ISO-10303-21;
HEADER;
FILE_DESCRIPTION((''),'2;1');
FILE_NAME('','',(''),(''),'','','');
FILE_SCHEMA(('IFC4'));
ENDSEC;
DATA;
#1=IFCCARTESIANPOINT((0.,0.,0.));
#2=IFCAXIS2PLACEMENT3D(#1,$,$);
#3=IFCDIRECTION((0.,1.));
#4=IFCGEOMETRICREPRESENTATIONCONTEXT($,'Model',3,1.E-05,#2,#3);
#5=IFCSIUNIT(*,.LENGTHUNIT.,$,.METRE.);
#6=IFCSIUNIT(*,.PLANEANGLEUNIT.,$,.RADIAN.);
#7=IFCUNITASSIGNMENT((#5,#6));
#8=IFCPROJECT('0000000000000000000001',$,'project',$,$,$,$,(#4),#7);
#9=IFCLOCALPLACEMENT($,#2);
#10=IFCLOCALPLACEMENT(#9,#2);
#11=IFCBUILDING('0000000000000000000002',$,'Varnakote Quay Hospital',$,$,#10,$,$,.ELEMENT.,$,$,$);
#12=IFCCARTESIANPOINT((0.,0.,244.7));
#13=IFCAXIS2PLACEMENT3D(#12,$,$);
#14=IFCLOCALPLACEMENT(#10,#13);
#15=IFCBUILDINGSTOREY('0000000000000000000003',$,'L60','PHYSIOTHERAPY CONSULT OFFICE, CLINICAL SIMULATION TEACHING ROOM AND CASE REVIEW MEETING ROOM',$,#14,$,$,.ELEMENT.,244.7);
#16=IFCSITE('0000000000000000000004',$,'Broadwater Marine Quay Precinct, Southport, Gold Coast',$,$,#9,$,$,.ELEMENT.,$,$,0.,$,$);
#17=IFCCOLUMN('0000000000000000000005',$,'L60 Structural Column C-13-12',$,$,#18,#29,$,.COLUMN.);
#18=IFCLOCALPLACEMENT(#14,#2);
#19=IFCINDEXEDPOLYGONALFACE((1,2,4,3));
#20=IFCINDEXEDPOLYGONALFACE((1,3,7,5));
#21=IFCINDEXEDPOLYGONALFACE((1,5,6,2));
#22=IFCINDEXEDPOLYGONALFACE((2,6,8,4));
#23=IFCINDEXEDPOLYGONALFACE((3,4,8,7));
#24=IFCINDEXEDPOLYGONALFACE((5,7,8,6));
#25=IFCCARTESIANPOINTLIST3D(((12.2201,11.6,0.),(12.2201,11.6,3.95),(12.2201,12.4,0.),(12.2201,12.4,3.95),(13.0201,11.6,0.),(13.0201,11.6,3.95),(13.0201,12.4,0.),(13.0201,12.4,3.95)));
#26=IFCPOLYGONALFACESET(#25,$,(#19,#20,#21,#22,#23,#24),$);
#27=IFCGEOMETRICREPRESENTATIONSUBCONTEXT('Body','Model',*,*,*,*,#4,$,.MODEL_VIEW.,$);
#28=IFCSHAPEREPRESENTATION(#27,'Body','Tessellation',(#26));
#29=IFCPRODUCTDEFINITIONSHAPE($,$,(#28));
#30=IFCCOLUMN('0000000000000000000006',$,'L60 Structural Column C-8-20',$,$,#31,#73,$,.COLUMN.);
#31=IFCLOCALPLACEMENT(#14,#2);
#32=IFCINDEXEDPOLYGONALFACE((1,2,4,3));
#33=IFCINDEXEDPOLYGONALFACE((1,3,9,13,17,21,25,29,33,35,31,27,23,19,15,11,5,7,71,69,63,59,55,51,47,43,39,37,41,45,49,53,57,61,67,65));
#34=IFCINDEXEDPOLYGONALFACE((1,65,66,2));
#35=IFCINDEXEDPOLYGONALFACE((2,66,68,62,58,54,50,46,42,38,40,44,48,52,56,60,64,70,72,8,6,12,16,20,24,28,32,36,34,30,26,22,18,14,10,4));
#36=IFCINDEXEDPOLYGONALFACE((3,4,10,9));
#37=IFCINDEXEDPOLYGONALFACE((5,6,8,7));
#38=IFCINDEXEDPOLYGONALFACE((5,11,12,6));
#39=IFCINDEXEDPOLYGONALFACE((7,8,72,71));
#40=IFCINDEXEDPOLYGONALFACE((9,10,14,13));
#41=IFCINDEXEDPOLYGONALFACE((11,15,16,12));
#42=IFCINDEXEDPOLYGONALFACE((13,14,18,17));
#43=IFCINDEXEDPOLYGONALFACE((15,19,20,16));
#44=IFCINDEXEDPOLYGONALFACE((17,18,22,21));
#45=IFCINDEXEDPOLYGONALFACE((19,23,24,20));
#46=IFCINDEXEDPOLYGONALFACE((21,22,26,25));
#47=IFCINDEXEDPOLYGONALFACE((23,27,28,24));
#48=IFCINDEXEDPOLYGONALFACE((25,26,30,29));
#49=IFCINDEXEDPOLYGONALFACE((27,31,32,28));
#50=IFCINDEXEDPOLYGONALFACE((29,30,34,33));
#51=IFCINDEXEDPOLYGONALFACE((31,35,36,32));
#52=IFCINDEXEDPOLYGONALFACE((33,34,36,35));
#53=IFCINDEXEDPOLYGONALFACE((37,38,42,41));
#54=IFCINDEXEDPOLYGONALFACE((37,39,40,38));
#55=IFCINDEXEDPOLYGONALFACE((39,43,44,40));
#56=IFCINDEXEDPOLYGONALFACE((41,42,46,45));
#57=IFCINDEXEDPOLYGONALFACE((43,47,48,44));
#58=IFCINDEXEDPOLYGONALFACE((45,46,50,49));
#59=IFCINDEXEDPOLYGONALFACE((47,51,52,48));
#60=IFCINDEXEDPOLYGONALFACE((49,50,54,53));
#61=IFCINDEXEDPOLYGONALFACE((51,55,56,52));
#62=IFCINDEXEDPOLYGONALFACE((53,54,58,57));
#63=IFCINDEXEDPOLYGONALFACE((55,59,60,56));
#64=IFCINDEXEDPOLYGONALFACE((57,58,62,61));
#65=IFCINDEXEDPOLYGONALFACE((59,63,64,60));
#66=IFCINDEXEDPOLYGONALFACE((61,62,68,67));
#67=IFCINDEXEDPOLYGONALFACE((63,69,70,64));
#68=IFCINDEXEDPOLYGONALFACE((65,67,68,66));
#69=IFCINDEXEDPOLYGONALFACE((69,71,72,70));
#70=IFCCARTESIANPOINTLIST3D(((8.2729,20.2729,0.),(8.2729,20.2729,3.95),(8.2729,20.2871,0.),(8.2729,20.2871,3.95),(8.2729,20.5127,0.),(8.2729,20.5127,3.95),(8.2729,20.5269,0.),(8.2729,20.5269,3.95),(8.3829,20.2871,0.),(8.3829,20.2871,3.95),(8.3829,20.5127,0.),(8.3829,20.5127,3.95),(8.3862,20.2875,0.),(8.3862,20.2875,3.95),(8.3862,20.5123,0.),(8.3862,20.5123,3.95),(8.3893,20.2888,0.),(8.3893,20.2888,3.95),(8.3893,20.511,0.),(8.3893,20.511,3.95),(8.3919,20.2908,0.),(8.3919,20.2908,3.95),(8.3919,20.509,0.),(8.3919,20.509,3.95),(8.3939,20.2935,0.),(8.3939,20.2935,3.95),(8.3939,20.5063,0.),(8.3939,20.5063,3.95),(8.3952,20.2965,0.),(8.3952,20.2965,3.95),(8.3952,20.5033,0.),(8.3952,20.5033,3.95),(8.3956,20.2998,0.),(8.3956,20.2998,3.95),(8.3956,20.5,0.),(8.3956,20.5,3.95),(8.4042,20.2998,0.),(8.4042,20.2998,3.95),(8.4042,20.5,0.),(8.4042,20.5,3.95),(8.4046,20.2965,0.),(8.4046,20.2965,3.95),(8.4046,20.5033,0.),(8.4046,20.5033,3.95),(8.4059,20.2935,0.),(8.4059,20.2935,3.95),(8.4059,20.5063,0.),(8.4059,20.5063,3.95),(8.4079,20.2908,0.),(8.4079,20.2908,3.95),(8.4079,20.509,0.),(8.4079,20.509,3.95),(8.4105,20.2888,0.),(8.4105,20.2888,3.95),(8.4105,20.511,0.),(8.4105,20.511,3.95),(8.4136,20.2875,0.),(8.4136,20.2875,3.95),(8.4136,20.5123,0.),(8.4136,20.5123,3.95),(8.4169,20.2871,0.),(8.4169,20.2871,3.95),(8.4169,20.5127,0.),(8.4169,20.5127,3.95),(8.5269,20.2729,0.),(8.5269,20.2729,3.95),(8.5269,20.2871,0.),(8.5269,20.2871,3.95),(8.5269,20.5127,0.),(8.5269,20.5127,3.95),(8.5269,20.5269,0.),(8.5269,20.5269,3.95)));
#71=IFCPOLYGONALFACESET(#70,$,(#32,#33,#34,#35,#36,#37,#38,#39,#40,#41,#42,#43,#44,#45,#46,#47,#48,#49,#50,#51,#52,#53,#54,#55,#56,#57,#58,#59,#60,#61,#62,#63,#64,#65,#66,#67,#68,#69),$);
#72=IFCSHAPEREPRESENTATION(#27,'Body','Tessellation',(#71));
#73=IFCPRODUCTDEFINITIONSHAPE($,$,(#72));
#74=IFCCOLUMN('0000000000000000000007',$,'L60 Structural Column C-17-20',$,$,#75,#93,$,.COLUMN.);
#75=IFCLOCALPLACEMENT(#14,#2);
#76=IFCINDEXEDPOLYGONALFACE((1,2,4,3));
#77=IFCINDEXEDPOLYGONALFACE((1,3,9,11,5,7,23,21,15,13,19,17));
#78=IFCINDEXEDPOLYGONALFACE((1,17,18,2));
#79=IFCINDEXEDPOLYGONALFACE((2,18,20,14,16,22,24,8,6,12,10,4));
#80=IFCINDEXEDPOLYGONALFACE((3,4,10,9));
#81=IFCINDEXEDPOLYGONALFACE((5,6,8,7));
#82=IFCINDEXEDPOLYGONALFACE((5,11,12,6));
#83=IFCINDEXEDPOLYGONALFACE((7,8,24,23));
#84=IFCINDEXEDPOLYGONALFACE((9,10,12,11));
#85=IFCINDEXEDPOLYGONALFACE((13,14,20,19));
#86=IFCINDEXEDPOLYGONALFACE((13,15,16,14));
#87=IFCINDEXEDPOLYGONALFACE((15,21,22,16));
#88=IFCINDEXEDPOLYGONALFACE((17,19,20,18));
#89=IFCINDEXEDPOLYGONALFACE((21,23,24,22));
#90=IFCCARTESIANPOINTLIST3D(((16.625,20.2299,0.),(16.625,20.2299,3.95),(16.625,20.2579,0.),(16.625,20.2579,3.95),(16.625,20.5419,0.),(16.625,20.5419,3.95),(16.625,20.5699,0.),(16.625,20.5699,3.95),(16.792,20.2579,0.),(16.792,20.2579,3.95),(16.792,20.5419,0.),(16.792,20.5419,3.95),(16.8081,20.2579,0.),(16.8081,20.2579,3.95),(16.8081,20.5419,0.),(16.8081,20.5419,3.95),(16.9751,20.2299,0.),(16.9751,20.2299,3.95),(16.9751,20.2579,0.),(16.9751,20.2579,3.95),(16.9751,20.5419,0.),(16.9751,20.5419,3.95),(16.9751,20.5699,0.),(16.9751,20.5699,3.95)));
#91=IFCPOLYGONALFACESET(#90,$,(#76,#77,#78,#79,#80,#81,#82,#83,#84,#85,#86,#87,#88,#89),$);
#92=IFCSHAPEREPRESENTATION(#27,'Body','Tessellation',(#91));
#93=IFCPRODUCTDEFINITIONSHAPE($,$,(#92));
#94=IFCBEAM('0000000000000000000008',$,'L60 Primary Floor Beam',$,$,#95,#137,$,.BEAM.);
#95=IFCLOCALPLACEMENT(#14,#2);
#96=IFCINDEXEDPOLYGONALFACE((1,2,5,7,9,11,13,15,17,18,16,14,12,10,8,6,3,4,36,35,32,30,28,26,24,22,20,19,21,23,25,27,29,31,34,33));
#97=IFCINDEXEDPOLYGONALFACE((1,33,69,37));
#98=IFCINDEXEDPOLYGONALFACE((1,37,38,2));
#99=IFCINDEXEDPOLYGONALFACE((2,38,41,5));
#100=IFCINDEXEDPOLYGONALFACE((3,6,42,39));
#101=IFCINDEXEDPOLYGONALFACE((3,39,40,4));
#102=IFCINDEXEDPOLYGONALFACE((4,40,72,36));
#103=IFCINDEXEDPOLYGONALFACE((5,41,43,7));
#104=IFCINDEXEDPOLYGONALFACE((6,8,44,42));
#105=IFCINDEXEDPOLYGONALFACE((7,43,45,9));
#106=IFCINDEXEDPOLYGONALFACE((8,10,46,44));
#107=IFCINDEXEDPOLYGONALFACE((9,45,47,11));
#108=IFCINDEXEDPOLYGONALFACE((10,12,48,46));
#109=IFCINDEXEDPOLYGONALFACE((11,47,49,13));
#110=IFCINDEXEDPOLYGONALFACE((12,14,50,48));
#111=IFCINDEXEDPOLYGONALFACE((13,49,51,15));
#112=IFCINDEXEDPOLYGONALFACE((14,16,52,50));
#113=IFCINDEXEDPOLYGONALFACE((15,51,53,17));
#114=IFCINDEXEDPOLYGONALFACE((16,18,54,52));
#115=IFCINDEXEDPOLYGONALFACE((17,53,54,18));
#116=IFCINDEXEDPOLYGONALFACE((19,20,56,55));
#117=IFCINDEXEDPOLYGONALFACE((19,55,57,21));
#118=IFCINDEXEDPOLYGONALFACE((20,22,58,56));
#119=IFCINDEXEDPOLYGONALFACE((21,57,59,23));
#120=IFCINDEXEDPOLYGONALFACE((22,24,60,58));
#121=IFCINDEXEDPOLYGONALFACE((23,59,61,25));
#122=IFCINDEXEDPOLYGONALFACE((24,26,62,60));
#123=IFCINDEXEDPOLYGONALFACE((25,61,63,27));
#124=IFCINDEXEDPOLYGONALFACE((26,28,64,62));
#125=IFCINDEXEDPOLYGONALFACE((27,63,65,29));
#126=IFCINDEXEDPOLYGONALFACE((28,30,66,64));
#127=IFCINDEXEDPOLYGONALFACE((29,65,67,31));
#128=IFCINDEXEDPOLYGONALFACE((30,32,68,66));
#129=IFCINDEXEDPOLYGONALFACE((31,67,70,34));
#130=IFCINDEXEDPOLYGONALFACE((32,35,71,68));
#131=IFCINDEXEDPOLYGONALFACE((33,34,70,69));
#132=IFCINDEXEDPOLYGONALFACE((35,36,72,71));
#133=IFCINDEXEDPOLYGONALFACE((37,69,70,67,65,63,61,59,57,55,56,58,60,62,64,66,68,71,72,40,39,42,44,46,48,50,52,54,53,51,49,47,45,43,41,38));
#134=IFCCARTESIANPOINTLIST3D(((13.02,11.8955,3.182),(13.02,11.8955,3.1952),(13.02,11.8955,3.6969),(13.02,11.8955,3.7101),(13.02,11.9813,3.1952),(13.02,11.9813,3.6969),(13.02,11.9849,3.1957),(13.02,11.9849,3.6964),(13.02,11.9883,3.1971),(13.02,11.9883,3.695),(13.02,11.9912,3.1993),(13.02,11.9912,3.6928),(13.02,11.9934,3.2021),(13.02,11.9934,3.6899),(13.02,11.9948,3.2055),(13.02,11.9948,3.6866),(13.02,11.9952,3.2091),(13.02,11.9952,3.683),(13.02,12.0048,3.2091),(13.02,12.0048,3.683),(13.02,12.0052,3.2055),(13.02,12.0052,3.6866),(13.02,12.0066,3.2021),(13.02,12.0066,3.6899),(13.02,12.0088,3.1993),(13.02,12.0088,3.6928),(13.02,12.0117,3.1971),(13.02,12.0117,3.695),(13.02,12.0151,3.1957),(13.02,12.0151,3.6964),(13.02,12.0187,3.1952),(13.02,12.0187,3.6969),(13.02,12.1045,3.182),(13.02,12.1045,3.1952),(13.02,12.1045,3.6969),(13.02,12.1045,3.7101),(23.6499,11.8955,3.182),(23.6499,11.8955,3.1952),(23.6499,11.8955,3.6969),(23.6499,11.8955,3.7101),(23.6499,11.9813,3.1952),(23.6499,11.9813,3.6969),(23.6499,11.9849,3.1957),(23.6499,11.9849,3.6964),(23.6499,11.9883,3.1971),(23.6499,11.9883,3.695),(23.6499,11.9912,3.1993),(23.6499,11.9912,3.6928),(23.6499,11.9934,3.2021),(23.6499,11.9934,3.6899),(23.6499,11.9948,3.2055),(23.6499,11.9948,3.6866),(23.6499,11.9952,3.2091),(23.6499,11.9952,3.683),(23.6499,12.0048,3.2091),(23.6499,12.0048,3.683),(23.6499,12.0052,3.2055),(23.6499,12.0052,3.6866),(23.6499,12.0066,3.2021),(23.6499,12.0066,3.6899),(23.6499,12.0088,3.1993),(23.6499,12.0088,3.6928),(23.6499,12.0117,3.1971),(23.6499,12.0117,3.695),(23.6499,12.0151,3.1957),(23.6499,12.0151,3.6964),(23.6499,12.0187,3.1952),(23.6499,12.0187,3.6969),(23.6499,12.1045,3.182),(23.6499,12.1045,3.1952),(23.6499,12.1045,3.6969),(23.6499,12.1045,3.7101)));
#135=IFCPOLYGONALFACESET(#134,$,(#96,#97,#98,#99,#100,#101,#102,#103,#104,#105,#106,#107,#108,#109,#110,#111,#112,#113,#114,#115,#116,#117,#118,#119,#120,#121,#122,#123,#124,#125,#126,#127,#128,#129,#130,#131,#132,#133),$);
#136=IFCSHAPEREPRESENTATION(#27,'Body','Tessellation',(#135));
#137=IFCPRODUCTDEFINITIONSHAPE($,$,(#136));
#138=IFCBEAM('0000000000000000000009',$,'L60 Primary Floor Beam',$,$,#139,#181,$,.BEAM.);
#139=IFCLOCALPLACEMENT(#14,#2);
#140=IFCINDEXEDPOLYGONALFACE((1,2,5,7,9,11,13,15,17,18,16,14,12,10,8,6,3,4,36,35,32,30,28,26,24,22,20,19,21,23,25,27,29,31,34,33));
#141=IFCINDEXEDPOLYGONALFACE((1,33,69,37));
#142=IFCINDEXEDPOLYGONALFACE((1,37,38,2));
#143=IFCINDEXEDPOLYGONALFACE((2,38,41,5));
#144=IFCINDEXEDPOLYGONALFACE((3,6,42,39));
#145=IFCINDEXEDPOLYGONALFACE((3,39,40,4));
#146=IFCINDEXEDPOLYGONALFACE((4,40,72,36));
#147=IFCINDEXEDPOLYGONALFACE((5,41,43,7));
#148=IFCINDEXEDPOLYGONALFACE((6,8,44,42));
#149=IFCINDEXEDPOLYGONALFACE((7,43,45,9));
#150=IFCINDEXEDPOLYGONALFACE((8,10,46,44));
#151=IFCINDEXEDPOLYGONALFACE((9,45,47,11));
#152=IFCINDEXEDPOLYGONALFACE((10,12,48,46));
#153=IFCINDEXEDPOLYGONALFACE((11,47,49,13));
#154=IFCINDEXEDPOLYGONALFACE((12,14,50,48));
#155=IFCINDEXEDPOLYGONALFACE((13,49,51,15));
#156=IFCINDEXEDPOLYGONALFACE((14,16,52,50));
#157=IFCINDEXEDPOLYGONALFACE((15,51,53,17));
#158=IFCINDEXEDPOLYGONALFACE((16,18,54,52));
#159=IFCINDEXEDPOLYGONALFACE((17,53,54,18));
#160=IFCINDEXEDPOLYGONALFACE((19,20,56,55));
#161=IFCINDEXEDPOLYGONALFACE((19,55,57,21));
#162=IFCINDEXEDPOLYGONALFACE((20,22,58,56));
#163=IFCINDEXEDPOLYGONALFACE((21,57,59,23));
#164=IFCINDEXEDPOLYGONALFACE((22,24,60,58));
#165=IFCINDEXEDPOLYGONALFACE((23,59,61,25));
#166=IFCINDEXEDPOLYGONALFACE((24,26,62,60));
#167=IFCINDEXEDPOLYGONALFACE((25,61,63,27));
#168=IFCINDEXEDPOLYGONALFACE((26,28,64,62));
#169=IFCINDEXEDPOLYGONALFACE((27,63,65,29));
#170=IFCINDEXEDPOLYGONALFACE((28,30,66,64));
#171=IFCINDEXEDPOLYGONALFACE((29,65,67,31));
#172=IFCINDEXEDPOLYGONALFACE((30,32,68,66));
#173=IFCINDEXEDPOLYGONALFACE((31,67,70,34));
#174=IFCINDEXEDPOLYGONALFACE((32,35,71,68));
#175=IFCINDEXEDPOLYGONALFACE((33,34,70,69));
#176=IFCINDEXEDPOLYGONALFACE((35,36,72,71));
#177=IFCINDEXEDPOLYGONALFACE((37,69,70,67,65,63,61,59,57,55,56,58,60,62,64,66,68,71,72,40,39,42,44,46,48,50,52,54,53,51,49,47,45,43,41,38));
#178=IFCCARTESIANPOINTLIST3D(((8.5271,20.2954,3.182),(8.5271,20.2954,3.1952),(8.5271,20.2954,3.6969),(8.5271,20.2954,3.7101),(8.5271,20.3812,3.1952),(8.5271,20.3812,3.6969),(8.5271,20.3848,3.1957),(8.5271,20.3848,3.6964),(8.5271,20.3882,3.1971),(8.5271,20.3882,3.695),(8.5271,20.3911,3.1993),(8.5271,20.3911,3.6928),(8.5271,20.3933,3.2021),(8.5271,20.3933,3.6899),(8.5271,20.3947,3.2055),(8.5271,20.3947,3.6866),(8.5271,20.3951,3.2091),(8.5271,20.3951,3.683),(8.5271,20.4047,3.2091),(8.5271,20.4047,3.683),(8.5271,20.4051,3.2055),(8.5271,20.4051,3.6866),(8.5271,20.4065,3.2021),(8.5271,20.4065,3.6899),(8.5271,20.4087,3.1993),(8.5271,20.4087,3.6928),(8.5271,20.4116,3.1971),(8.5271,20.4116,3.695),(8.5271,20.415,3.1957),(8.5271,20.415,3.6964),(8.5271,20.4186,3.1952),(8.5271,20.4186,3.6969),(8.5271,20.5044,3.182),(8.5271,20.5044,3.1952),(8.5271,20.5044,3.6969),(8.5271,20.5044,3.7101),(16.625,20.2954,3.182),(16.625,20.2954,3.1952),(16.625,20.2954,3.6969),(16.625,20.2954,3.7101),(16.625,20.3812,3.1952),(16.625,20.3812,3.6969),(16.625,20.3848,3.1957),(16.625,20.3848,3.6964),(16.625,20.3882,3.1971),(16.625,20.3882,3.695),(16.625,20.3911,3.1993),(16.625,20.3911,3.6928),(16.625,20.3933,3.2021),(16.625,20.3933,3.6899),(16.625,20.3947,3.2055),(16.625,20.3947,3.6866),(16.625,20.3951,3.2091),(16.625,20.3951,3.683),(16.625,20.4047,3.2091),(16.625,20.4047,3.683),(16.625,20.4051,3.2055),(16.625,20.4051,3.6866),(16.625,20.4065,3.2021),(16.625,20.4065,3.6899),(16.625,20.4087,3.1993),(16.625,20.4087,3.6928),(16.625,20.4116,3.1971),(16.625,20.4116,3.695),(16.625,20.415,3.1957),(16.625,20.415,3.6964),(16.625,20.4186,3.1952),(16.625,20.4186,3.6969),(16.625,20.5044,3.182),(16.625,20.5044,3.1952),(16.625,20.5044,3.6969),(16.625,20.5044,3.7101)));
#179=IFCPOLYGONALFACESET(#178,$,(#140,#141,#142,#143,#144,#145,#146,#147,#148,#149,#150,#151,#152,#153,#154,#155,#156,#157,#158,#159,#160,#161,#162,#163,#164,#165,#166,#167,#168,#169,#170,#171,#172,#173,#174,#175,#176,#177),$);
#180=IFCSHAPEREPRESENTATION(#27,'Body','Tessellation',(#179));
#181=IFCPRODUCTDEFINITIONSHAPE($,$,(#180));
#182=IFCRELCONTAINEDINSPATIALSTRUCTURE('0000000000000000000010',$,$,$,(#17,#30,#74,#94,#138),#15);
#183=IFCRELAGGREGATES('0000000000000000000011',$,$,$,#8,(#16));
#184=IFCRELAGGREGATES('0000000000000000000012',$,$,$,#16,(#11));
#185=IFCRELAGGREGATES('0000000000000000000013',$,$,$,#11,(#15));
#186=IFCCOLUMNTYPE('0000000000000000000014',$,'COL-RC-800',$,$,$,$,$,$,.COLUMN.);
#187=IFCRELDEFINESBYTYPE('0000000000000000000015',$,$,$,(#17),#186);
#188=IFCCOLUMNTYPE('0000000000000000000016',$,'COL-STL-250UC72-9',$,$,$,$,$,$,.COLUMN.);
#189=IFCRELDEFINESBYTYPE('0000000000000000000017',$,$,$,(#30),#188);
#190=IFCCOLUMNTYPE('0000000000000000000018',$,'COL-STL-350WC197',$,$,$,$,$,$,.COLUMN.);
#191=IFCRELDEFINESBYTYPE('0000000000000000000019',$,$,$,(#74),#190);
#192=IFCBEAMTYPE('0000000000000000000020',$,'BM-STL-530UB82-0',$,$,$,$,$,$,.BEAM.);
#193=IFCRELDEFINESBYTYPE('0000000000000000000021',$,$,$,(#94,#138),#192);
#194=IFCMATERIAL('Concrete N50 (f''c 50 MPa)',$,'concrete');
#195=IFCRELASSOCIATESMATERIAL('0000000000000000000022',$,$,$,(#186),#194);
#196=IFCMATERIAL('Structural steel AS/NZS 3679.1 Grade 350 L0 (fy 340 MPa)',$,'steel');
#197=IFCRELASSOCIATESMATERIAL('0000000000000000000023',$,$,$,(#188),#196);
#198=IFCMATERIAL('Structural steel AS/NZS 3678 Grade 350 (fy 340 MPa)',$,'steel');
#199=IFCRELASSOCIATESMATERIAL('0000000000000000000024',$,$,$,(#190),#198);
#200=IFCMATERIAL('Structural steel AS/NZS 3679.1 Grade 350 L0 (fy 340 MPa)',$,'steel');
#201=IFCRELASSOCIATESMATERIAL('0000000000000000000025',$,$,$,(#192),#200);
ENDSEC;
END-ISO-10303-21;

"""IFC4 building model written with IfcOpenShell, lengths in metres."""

from ifc_helpers import new_model, si_unit, direction, frame, origin, origin_2d, place, context, subcontext, project, spatial, rectangle, i_section, extrude, material, material_profile, profile_set, type_object, element, save


model = new_model("IFC4")

# Units and contexts
model_context = context("Model", 3, precision=1e-05, world=origin(), true_north=direction((0.0, 1.0)))
body_context = subcontext(model_context, "Body", "Model", "MODEL_VIEW")
ifc_project = project(units=[si_unit("LENGTHUNIT", "METRE"), si_unit("PLANEANGLEUNIT", "RADIAN")], contexts=[model_context])

# Site, building, storey
site_placement = place(None, origin())
site = spatial("IfcSite", under=ifc_project, at=site_placement, Name="Broadwater Marine Quay Precinct, Southport, Gold Coast", CompositionType="ELEMENT", RefElevation=0.0)
building_placement = place(site_placement, origin())
building = spatial("IfcBuilding", under=site, at=building_placement, Name="Varnakote Quay Hospital", CompositionType="ELEMENT")
storey_placement = place(building_placement, frame((0.0, 0.0, 244.7)))
storey = spatial("IfcBuildingStorey", under=building, at=storey_placement, Name="L60", Description="PHYSIOTHERAPY CONSULT OFFICE, CLINICAL SIMULATION TEACHING ROOM AND CASE REVIEW MEETING ROOM", CompositionType="ELEMENT", Elevation=244.7)

# Columns
ifc_material_1 = material(Name="Concrete N50 (f'c 50 MPa)", Category="concrete")
ifc_material_profile_1 = material_profile(ifc_material_1, rectangle(XDim=0.8, YDim=0.8, at=origin_2d()), Name="RC-COL-800x800")
ifc_profile_set_1 = profile_set([ifc_material_profile_1], Name="Concrete N50 (f'c 50 MPa)")
column_type_1 = type_object("IfcColumnType", Name="COL-RC-800", PredefinedType="COLUMN", material=ifc_profile_set_1)
column_1_placement = place(storey_placement, frame((12.6201, 12.0, 0.0), z_axis=(0.0, 0.0, 1.0), x_axis=(1.0, 0.0, 0.0)))
element("IfcColumn", 1, at=column_1_placement, inside=storey, type_object=column_type_1, Name="L60 Structural Column C-13-12", PredefinedType="COLUMN", context=body_context, shape_type="SweptSolid", body=[
    extrude(rectangle(XDim=0.8, YDim=0.8, at=origin_2d()), origin(), (0.0, 0.0, 1.0), 3.95),
])
ifc_material_2 = material(Name="Structural steel AS/NZS 3679.1 Grade 350 L0 (fy 340 MPa)", Category="steel")
ifc_material_profile_2 = material_profile(ifc_material_2, i_section(OverallWidth=0.2539, OverallDepth=0.2539, WebThickness=0.0085, FlangeThickness=0.0142, FilletRadius=0.0127, at=origin_2d()), Name="250UC72.9")
ifc_profile_set_2 = profile_set([ifc_material_profile_2], Name="Structural steel AS/NZS 3679.1 Grade 350 L0 (fy 340 MPa)")
column_type_2 = type_object("IfcColumnType", Name="COL-STL-250UC72-9", PredefinedType="COLUMN", material=ifc_profile_set_2)
column_2_placement = place(storey_placement, frame((8.3999, 20.3999, 0.0), z_axis=(0.0, 0.0, 1.0), x_axis=(1.0, 0.0, 0.0)))
element("IfcColumn", 2, at=column_2_placement, inside=storey, type_object=column_type_2, Name="L60 Structural Column C-8-20", PredefinedType="COLUMN", context=body_context, shape_type="SweptSolid", body=[
    extrude(i_section(OverallWidth=0.2539, OverallDepth=0.2539, WebThickness=0.0085, FlangeThickness=0.0142, FilletRadius=0.0127, at=origin_2d()), origin(), (0.0, 0.0, 1.0), 3.95),
])
ifc_material_3 = material(Name="Structural steel AS/NZS 3678 Grade 350 (fy 340 MPa)", Category="steel")
ifc_material_profile_3 = material_profile(ifc_material_3, i_section(OverallWidth=0.3501, OverallDepth=0.3401, WebThickness=0.0161, FlangeThickness=0.0281, at=origin_2d()), Name="350WC197")
ifc_profile_set_3 = profile_set([ifc_material_profile_3], Name="Structural steel AS/NZS 3678 Grade 350 (fy 340 MPa)")
column_type_3 = type_object("IfcColumnType", Name="COL-STL-350WC197", PredefinedType="COLUMN", material=ifc_profile_set_3)
column_3_placement = place(storey_placement, frame((16.8, 20.3999, 0.0), z_axis=(0.0, 0.0, 1.0), x_axis=(1.0, 0.0, 0.0)))
element("IfcColumn", 3, at=column_3_placement, inside=storey, type_object=column_type_3, Name="L60 Structural Column C-17-20", PredefinedType="COLUMN", context=body_context, shape_type="SweptSolid", body=[
    extrude(i_section(OverallWidth=0.3501, OverallDepth=0.3401, WebThickness=0.0161, FlangeThickness=0.0281, at=origin_2d()), origin(), (0.0, 0.0, 1.0), 3.95),
])

# Beams
ifc_material_4 = material(Name="Structural steel AS/NZS 3679.1 Grade 350 L0 (fy 340 MPa)", Category="steel")
ifc_material_profile_4 = material_profile(ifc_material_4, i_section(OverallWidth=0.209, OverallDepth=0.5281, WebThickness=0.0095, FlangeThickness=0.0132, FilletRadius=0.0139, at=origin_2d()), Name="530UB82.0")
ifc_profile_set_4 = profile_set([ifc_material_profile_4], Name="Structural steel AS/NZS 3679.1 Grade 350 L0 (fy 340 MPa)")
beam_type = type_object("IfcBeamType", Name="BM-STL-530UB82-0", PredefinedType="BEAM", material=ifc_profile_set_4)
beam_1_placement = place(storey_placement, frame((13.02, 12.0, 3.446), z_axis=(1.0, 0.0, 0.0), x_axis=(0.0, 1.0, 0.0)))
element("IfcBeam", 4, at=beam_1_placement, inside=storey, type_object=beam_type, Name="L60 Primary Floor Beam", PredefinedType="BEAM", context=body_context, shape_type="SweptSolid", body=[
    extrude(i_section(OverallWidth=0.209, OverallDepth=0.5281, WebThickness=0.0095, FlangeThickness=0.0132, FilletRadius=0.0139, at=origin_2d()), origin(), (0.0, 0.0, 1.0), 10.6299),
])
for number, where, z_axis, x_axis, name in (
    (5, (8.5271, 20.3999, 3.446), (1.0, 0.0, 0.0), (0.0, 1.0, 0.0), "L60 Primary Floor Beam"),
):
    element("IfcBeam", number, at=place(storey_placement, frame(where, z_axis=z_axis, x_axis=x_axis)), inside=storey, type_object=beam_type, Name=name, PredefinedType="BEAM", context=body_context, shape_type="SweptSolid", body=[
        extrude(i_section(OverallWidth=0.209, OverallDepth=0.5281, WebThickness=0.0095, FlangeThickness=0.0132, FilletRadius=0.0139, at=origin_2d()), origin(), (0.0, 0.0, 1.0), 8.0979),
    ])

save(model, "model.ifc")
